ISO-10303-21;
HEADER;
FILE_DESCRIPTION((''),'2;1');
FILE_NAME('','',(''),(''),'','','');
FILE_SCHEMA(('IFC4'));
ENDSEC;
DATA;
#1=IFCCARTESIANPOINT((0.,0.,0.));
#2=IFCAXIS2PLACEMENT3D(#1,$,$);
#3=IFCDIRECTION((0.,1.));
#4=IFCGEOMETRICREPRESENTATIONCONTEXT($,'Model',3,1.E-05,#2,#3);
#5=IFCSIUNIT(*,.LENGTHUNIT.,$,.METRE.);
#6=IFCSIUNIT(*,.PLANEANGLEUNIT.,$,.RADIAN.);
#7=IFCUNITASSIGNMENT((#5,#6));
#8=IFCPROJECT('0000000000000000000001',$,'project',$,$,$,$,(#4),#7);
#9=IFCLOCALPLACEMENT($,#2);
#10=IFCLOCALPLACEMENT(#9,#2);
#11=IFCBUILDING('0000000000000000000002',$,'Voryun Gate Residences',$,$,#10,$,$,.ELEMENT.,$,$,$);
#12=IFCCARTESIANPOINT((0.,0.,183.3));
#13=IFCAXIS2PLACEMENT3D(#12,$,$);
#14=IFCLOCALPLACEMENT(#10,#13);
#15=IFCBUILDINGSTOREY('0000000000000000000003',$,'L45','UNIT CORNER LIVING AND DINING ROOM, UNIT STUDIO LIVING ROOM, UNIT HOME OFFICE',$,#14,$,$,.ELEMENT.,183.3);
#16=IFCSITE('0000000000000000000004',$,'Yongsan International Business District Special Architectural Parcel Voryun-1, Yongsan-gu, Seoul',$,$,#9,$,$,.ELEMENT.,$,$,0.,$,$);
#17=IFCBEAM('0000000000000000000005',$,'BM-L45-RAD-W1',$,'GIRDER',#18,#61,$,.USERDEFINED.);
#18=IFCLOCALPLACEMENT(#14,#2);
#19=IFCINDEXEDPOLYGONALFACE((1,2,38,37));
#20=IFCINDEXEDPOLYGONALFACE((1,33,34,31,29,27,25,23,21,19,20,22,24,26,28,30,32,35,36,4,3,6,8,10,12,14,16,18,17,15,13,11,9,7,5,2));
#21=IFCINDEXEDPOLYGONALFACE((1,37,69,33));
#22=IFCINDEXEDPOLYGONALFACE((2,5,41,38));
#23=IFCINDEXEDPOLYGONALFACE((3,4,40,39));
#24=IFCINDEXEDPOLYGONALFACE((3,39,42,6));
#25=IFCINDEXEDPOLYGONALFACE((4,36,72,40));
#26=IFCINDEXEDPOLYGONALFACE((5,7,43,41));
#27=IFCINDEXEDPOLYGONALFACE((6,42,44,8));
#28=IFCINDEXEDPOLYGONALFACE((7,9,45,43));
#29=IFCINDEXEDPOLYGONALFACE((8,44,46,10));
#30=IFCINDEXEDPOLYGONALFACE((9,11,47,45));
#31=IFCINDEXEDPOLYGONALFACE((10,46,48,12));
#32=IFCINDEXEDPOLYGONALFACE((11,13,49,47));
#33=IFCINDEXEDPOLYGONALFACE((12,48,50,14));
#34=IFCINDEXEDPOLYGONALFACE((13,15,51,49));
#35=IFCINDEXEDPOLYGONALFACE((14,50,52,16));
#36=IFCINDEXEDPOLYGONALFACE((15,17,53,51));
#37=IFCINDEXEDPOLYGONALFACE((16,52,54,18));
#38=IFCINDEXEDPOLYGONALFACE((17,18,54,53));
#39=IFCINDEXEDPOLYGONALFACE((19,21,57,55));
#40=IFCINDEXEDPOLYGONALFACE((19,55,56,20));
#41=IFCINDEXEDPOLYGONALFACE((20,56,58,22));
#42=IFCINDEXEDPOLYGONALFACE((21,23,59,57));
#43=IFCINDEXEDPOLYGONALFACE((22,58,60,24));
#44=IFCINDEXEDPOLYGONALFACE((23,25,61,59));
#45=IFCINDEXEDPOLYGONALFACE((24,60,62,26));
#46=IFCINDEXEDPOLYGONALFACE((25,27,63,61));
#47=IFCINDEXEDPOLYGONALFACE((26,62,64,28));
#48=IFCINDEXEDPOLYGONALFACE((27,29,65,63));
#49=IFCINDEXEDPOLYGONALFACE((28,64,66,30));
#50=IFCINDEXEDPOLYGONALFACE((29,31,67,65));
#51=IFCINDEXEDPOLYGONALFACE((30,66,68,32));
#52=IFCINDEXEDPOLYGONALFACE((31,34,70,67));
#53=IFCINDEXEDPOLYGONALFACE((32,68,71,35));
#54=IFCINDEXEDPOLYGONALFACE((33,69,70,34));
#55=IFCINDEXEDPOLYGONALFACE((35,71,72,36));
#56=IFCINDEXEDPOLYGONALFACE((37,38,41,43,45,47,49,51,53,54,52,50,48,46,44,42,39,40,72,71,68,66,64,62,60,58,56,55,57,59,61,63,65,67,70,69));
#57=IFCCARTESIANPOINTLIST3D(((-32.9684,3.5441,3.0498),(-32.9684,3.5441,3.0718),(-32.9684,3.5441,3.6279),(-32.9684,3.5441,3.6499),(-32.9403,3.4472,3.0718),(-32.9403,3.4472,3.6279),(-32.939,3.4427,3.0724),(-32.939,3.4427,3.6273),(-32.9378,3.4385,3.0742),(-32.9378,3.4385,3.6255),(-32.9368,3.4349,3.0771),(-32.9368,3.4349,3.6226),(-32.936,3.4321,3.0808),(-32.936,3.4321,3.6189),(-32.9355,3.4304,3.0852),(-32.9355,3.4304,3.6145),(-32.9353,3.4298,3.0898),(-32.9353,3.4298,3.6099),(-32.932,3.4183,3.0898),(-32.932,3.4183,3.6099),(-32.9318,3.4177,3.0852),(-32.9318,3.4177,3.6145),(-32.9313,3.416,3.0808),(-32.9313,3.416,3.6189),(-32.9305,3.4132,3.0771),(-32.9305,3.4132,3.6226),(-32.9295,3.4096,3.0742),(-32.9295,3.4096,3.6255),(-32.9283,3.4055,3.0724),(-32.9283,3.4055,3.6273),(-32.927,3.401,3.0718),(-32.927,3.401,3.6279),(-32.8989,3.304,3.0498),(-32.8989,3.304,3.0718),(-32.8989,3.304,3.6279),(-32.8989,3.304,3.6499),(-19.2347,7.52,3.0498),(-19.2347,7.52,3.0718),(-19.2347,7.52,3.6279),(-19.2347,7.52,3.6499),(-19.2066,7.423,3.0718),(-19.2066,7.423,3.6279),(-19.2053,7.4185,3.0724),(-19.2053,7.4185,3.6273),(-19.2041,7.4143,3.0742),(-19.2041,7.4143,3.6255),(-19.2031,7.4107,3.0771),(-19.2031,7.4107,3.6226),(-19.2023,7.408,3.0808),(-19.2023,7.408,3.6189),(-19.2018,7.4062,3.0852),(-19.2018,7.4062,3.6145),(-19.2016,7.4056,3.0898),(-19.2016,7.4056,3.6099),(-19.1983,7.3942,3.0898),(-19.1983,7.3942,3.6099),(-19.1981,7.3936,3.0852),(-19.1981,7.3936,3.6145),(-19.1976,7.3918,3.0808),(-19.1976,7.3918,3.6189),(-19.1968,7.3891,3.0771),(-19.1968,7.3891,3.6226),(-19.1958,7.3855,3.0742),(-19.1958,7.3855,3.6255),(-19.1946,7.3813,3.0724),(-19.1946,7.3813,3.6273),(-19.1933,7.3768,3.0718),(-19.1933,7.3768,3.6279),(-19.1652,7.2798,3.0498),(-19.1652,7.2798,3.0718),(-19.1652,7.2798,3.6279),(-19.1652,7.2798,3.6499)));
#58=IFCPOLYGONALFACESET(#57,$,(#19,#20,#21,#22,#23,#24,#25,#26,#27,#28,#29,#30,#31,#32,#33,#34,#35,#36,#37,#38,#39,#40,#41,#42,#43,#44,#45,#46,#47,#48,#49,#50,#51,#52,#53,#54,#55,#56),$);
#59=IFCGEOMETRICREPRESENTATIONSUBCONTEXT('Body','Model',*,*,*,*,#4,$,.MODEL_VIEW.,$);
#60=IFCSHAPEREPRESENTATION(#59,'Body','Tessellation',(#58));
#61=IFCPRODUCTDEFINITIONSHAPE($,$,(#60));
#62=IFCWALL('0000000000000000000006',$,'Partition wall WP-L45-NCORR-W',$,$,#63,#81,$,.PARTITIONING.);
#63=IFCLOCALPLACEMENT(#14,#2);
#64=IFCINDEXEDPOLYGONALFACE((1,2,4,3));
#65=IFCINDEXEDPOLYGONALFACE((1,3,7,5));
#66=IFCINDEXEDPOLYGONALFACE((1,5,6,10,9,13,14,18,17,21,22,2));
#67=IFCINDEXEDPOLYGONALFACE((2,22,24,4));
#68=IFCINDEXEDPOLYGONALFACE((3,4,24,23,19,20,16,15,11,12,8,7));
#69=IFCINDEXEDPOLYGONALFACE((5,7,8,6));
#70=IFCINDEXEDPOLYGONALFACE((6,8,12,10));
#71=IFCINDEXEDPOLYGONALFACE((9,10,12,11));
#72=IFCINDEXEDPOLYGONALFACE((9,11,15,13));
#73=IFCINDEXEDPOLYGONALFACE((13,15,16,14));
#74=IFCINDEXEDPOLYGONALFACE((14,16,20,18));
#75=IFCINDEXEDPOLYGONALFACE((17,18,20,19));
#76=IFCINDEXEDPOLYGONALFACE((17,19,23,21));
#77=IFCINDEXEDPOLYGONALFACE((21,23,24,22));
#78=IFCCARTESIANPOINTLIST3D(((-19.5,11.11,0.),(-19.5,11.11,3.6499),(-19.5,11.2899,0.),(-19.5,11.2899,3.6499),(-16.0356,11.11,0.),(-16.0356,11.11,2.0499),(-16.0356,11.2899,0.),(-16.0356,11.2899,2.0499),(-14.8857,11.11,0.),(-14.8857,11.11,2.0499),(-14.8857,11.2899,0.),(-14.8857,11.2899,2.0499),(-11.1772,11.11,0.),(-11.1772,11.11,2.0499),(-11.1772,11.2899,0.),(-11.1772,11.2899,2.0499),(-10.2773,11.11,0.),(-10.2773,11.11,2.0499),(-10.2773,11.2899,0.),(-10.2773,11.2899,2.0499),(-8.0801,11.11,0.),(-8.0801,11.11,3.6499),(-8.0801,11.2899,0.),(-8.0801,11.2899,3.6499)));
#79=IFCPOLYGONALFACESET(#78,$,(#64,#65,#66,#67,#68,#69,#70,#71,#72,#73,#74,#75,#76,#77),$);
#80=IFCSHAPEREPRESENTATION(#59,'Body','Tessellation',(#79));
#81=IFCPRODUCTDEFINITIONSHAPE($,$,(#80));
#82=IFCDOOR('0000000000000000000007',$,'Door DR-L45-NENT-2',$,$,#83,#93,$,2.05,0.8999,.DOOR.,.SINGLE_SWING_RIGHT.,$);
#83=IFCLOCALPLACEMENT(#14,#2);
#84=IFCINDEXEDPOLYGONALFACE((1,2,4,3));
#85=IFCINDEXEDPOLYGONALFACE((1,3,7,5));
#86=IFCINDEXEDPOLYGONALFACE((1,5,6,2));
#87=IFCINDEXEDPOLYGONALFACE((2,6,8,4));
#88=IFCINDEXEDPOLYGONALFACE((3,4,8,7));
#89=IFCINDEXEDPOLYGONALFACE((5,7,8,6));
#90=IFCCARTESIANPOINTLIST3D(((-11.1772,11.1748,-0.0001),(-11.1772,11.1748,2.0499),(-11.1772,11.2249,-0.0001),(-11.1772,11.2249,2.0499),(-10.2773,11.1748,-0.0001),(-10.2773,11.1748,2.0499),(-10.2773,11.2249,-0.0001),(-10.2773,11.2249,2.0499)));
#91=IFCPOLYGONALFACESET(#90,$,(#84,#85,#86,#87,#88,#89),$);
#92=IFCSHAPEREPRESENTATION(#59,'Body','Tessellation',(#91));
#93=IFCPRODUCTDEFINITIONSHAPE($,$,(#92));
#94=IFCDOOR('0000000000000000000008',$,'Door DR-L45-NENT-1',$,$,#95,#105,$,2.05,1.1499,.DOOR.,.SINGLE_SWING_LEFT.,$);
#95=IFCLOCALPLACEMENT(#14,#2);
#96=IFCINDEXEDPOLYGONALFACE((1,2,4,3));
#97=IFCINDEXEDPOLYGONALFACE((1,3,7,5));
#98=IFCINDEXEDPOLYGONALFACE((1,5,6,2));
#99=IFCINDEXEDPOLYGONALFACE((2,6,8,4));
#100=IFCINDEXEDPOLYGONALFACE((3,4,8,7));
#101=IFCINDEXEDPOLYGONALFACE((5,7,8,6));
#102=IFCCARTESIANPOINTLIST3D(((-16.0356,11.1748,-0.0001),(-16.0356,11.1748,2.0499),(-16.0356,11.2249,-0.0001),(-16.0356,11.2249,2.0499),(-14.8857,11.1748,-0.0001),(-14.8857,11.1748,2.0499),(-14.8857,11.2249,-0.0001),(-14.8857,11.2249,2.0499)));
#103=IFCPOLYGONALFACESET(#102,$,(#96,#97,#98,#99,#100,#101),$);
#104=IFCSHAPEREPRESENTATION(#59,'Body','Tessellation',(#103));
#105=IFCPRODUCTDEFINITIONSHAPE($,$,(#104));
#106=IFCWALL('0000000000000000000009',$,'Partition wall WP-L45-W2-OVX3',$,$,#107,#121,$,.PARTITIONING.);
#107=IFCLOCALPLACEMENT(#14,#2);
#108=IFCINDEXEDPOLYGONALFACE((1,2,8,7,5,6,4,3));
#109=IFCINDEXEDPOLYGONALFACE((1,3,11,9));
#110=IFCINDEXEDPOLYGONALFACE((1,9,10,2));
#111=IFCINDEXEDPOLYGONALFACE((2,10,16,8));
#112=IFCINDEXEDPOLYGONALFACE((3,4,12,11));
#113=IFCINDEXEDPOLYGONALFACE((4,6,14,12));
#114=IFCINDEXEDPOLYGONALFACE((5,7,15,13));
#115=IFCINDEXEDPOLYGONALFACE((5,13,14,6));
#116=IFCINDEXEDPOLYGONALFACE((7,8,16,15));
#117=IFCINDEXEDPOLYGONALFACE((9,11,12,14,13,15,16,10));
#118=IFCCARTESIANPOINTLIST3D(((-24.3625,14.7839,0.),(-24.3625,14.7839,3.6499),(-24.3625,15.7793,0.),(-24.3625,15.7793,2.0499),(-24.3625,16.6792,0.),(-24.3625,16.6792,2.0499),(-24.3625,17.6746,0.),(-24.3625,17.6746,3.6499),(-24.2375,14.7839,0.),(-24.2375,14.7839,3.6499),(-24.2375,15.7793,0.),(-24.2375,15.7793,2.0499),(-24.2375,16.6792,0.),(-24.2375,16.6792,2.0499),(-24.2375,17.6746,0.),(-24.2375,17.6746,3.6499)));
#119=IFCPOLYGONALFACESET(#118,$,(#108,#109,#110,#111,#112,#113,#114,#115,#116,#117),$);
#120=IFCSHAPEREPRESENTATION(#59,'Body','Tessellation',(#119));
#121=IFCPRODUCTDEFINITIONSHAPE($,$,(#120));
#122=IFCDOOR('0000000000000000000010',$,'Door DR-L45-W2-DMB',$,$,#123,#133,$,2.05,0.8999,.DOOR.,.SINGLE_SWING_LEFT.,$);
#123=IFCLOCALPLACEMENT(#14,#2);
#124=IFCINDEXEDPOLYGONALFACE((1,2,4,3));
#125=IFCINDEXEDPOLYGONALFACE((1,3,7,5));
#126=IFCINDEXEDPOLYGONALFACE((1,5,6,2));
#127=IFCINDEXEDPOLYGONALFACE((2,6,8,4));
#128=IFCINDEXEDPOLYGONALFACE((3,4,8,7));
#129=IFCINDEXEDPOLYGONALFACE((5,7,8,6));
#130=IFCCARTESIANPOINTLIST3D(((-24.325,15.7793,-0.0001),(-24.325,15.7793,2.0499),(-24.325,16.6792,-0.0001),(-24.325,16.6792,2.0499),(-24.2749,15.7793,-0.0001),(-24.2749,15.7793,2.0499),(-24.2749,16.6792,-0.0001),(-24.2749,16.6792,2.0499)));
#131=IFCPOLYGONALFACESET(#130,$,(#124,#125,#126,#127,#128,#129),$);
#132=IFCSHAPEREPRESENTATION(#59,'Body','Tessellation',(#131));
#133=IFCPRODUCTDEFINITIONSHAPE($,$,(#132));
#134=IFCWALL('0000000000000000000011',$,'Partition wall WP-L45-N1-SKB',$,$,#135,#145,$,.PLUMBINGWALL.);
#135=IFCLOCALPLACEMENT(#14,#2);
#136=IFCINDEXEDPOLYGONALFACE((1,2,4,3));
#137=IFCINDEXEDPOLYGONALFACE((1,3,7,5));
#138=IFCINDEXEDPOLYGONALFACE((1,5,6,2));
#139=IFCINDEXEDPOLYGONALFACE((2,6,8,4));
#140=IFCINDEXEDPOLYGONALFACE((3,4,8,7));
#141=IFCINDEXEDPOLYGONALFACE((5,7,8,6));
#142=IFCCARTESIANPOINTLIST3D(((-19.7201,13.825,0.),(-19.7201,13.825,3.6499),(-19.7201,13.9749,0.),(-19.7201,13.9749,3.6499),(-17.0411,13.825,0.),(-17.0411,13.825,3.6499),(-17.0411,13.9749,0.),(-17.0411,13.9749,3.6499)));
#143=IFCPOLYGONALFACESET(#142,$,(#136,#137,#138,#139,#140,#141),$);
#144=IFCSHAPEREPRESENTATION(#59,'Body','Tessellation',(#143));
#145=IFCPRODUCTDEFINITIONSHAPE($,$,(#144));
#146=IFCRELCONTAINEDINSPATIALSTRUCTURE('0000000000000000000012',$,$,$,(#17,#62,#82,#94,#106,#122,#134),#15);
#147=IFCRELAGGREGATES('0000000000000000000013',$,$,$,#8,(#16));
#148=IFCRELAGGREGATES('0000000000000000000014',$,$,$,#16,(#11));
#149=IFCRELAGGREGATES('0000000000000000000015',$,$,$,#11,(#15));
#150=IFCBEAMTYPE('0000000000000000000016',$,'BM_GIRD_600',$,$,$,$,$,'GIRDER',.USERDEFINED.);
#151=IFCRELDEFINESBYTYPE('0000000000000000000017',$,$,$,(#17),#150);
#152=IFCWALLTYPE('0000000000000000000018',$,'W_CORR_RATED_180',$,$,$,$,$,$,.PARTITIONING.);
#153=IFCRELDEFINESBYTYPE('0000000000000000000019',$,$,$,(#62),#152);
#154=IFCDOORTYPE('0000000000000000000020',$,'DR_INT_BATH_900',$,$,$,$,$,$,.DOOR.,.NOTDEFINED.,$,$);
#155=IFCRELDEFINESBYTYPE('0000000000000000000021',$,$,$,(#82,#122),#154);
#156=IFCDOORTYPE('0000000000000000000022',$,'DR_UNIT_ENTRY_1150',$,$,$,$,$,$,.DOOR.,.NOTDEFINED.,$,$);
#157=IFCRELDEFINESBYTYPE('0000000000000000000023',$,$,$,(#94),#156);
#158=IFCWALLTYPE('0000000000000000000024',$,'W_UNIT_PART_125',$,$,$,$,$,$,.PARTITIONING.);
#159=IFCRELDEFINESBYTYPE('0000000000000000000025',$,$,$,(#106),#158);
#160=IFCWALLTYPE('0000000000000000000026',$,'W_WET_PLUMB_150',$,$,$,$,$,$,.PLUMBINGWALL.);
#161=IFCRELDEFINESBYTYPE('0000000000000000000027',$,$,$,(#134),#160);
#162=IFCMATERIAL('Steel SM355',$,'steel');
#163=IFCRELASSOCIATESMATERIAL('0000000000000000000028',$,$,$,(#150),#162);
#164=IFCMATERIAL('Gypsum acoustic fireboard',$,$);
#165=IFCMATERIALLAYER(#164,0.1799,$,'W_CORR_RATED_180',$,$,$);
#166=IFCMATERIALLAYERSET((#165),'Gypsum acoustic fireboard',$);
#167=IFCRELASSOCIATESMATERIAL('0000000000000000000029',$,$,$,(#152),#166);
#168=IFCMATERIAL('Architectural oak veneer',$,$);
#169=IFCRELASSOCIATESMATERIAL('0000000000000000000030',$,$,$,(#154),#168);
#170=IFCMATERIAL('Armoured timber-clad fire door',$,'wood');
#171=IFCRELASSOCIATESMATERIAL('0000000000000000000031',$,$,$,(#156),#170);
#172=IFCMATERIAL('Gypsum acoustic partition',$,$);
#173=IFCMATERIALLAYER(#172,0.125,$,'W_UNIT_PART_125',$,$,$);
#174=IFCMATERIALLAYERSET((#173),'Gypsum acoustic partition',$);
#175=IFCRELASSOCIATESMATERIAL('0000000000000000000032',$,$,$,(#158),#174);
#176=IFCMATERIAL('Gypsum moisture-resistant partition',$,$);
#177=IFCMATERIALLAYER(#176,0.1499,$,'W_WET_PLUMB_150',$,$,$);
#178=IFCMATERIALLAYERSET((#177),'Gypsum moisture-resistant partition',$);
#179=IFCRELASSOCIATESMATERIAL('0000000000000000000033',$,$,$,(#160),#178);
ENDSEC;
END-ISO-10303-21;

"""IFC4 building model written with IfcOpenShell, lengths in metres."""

from ifc_helpers import new_model, si_unit, direction, frame, frame_2d, origin, origin_2d, place, context, subcontext, project, spatial, rectangle, i_section, extrude, material, layer, layer_set, material_profile, profile_set, type_object, element, fill, save


model = new_model("IFC4")

# Units and contexts
model_context = context("Model", 3, precision=1e-05, world=origin(), true_north=direction((0.0, 1.0)))
body_context = subcontext(model_context, "Body", "Model", "MODEL_VIEW")
ifc_project = project(units=[si_unit("LENGTHUNIT", "METRE"), si_unit("PLANEANGLEUNIT", "RADIAN")], contexts=[model_context])

# Site, building, storey
site_placement = place(None, origin())
site = spatial("IfcSite", under=ifc_project, at=site_placement, Name="Yongsan International Business District Special Architectural Parcel Voryun-1, Yongsan-gu, Seoul", CompositionType="ELEMENT", RefElevation=0.0)
building_placement = place(site_placement, origin())
building = spatial("IfcBuilding", under=site, at=building_placement, Name="Voryun Gate Residences", CompositionType="ELEMENT")
storey_placement = place(building_placement, frame((0.0, 0.0, 183.3)))
storey = spatial("IfcBuildingStorey", under=building, at=storey_placement, Name="L45", Description="UNIT CORNER LIVING AND DINING ROOM, UNIT STUDIO LIVING ROOM, UNIT HOME OFFICE", CompositionType="ELEMENT", Elevation=183.3)

# Beam
ifc_material_1 = material(Name="Steel SM355", Category="steel")
ifc_material_profile_1 = material_profile(ifc_material_1, i_section(OverallWidth=0.25, OverallDepth=0.6001, WebThickness=0.012, FlangeThickness=0.022, FilletRadius=0.0181, at=origin_2d()), Name="H-600x250x12x22")
ifc_profile_set_1 = profile_set([ifc_material_profile_1], Name="Steel SM355")
beam_type_1 = type_object("IfcBeamType", Name="BM_GIRD_600", ElementType="GIRDER", PredefinedType="USERDEFINED", material=ifc_profile_set_1)
beam_1_placement = place(storey_placement, frame((-19.2, 7.3999, 3.3499), z_axis=(-0.960559, -0.278078, 0.0), x_axis=(0.278078, -0.960559, 0.0)))
element("IfcBeam", 1, at=beam_1_placement, inside=storey, type_object=beam_type_1, Name="BM-L45-RAD-W1", ObjectType="GIRDER", PredefinedType="USERDEFINED", context=body_context, shape_type="SweptSolid", body=[
    extrude(i_section(OverallWidth=0.25, OverallDepth=0.6001, WebThickness=0.012, FlangeThickness=0.022, FilletRadius=0.0181, at=origin_2d()), origin(), (0.0, 0.0, 1.0), 14.2976),
])

# Wall, openings, doors
ifc_material_2 = material(Name="Gypsum acoustic fireboard")
ifc_layer_1 = layer(ifc_material_2, 0.1799, Name="W_CORR_RATED_180")
ifc_layer_set_1 = layer_set([ifc_layer_1], Name="Gypsum acoustic fireboard")
wall_type_1 = type_object("IfcWallType", Name="W_CORR_RATED_180", PredefinedType="PARTITIONING", material=ifc_layer_set_1)
wall_1_placement = place(storey_placement, frame((-19.5, 11.2, 0.0), z_axis=(0.0, 0.0, 1.0), x_axis=(1.0, 0.0, 0.0)))
wall_1 = element("IfcWall", 2, at=wall_1_placement, inside=storey, type_object=wall_type_1, Name="Partition wall WP-L45-NCORR-W", PredefinedType="PARTITIONING", context=body_context, shape_type="SweptSolid", body=[
    extrude(rectangle(XDim=11.4199, YDim=0.1799, at=frame_2d((5.71, 0.0))), origin(), (0.0, 0.0, 1.0), 3.6499),
])
opening_1_placement = place(wall_1_placement, frame((3.4644, 0.0, 0.0)))
opening_1 = element("IfcOpeningElement", 3, at=opening_1_placement, cuts=wall_1, PredefinedType="OPENING", context=body_context, shape_type="SweptSolid", body=[
    extrude(rectangle(XDim=1.1499, YDim=2.05, at=frame_2d((0.575, 1.0249))), frame((0.0, 0.0999, 0.0), z_axis=(0.0, -1.0, 0.0), x_axis=(1.0, 0.0, 0.0)), (0.0, 0.0, 1.0), 0.2),
])
opening_2_placement = place(wall_1_placement, frame((8.3228, 0.0, 0.0)))
opening_2 = element("IfcOpeningElement", 4, at=opening_2_placement, cuts=wall_1, PredefinedType="OPENING", context=body_context, shape_type="SweptSolid", body=[
    extrude(rectangle(XDim=0.8999, YDim=2.05, at=frame_2d((0.45, 1.0249))), frame((0.0, 0.0999, 0.0), z_axis=(0.0, -1.0, 0.0), x_axis=(1.0, 0.0, 0.0)), (0.0, 0.0, 1.0), 0.2),
])
ifc_material_3 = material(Name="Architectural oak veneer")
door_type_1 = type_object("IfcDoorType", Name="DR_INT_BATH_900", OperationType="NOTDEFINED", PredefinedType="DOOR", material=ifc_material_3)
door_1_placement = place(opening_2_placement, origin())
door_1 = element("IfcDoor", 5, at=door_1_placement, inside=storey, type_object=door_type_1, Name="Door DR-L45-NENT-2", OperationType="SINGLE_SWING_RIGHT", OverallHeight=2.05, OverallWidth=0.8999, PredefinedType="DOOR", context=body_context, shape_type="SweptSolid", body=[
    extrude(rectangle(XDim=0.8999, YDim=2.05, at=frame_2d((0.45, 1.0249))), frame((0.0, 0.0249, 0.0), z_axis=(0.0, -1.0, 0.0), x_axis=(1.0, 0.0, 0.0)), (0.0, 0.0, 1.0), 0.05),
])
fill(opening_2, door_1)
ifc_material_4 = material(Name="Armoured timber-clad fire door", Category="wood")
door_type_2 = type_object("IfcDoorType", Name="DR_UNIT_ENTRY_1150", OperationType="NOTDEFINED", PredefinedType="DOOR", material=ifc_material_4)
door_2_placement = place(opening_1_placement, origin())
door_2 = element("IfcDoor", 6, at=door_2_placement, inside=storey, type_object=door_type_2, Name="Door DR-L45-NENT-1", OperationType="SINGLE_SWING_LEFT", OverallHeight=2.05, OverallWidth=1.1499, PredefinedType="DOOR", context=body_context, shape_type="SweptSolid", body=[
    extrude(rectangle(XDim=1.1499, YDim=2.05, at=frame_2d((0.575, 1.0249))), frame((0.0, 0.0249, 0.0), z_axis=(0.0, -1.0, 0.0), x_axis=(1.0, 0.0, 0.0)), (0.0, 0.0, 1.0), 0.05),
])
fill(opening_1, door_2)

# Wall, opening, door
ifc_material_5 = material(Name="Gypsum acoustic partition")
ifc_layer_2 = layer(ifc_material_5, 0.125, Name="W_UNIT_PART_125")
ifc_layer_set_2 = layer_set([ifc_layer_2], Name="Gypsum acoustic partition")
wall_type_2 = type_object("IfcWallType", Name="W_UNIT_PART_125", PredefinedType="PARTITIONING", material=ifc_layer_set_2)
wall_2_placement = place(storey_placement, frame((-24.3, 14.7839, 0.0), z_axis=(0.0, 0.0, 1.0), x_axis=(0.0, 1.0, 0.0)))
wall_2 = element("IfcWall", 7, at=wall_2_placement, inside=storey, type_object=wall_type_2, Name="Partition wall WP-L45-W2-OVX3", PredefinedType="PARTITIONING", context=body_context, shape_type="SweptSolid", body=[
    extrude(rectangle(XDim=2.8906, YDim=0.125, at=frame_2d((1.4453, 0.0))), origin(), (0.0, 0.0, 1.0), 3.6499),
])
opening_3_placement = place(wall_2_placement, frame((0.9954, 0.0, 0.0)))
opening_3 = element("IfcOpeningElement", 8, at=opening_3_placement, cuts=wall_2, PredefinedType="OPENING", context=body_context, shape_type="SweptSolid", body=[
    extrude(rectangle(XDim=0.8999, YDim=2.05, at=frame_2d((0.45, 1.0249))), frame((0.0, 0.0725, 0.0), z_axis=(0.0, -1.0, 0.0), x_axis=(1.0, 0.0, 0.0)), (0.0, 0.0, 1.0), 0.145),
])
door_3_placement = place(opening_3_placement, origin())
door_3 = element("IfcDoor", 9, at=door_3_placement, inside=storey, type_object=door_type_1, Name="Door DR-L45-W2-DMB", OperationType="SINGLE_SWING_LEFT", OverallHeight=2.05, OverallWidth=0.8999, PredefinedType="DOOR", context=body_context, shape_type="SweptSolid", body=[
    extrude(rectangle(XDim=0.8999, YDim=2.05, at=frame_2d((0.45, 1.0249))), frame((0.0, 0.0249, 0.0), z_axis=(0.0, -1.0, 0.0), x_axis=(1.0, 0.0, 0.0)), (0.0, 0.0, 1.0), 0.05),
])
fill(opening_3, door_3)

# Wall
ifc_material_6 = material(Name="Gypsum moisture-resistant partition")
ifc_layer_3 = layer(ifc_material_6, 0.1499, Name="W_WET_PLUMB_150")
ifc_layer_set_3 = layer_set([ifc_layer_3], Name="Gypsum moisture-resistant partition")
wall_type_3 = type_object("IfcWallType", Name="W_WET_PLUMB_150", PredefinedType="PLUMBINGWALL", material=ifc_layer_set_3)
wall_3_placement = place(storey_placement, frame((-19.72, 13.8999, 0.0), z_axis=(0.0, 0.0, 1.0), x_axis=(1.0, 0.0, 0.0)))
element("IfcWall", 10, at=wall_3_placement, inside=storey, type_object=wall_type_3, Name="Partition wall WP-L45-N1-SKB", PredefinedType="PLUMBINGWALL", context=body_context, shape_type="SweptSolid", body=[
    extrude(rectangle(XDim=2.679, YDim=0.1499, at=frame_2d((1.3394, 0.0))), origin(), (0.0, 0.0, 1.0), 3.6499),
])

save(model, "model.ifc")
